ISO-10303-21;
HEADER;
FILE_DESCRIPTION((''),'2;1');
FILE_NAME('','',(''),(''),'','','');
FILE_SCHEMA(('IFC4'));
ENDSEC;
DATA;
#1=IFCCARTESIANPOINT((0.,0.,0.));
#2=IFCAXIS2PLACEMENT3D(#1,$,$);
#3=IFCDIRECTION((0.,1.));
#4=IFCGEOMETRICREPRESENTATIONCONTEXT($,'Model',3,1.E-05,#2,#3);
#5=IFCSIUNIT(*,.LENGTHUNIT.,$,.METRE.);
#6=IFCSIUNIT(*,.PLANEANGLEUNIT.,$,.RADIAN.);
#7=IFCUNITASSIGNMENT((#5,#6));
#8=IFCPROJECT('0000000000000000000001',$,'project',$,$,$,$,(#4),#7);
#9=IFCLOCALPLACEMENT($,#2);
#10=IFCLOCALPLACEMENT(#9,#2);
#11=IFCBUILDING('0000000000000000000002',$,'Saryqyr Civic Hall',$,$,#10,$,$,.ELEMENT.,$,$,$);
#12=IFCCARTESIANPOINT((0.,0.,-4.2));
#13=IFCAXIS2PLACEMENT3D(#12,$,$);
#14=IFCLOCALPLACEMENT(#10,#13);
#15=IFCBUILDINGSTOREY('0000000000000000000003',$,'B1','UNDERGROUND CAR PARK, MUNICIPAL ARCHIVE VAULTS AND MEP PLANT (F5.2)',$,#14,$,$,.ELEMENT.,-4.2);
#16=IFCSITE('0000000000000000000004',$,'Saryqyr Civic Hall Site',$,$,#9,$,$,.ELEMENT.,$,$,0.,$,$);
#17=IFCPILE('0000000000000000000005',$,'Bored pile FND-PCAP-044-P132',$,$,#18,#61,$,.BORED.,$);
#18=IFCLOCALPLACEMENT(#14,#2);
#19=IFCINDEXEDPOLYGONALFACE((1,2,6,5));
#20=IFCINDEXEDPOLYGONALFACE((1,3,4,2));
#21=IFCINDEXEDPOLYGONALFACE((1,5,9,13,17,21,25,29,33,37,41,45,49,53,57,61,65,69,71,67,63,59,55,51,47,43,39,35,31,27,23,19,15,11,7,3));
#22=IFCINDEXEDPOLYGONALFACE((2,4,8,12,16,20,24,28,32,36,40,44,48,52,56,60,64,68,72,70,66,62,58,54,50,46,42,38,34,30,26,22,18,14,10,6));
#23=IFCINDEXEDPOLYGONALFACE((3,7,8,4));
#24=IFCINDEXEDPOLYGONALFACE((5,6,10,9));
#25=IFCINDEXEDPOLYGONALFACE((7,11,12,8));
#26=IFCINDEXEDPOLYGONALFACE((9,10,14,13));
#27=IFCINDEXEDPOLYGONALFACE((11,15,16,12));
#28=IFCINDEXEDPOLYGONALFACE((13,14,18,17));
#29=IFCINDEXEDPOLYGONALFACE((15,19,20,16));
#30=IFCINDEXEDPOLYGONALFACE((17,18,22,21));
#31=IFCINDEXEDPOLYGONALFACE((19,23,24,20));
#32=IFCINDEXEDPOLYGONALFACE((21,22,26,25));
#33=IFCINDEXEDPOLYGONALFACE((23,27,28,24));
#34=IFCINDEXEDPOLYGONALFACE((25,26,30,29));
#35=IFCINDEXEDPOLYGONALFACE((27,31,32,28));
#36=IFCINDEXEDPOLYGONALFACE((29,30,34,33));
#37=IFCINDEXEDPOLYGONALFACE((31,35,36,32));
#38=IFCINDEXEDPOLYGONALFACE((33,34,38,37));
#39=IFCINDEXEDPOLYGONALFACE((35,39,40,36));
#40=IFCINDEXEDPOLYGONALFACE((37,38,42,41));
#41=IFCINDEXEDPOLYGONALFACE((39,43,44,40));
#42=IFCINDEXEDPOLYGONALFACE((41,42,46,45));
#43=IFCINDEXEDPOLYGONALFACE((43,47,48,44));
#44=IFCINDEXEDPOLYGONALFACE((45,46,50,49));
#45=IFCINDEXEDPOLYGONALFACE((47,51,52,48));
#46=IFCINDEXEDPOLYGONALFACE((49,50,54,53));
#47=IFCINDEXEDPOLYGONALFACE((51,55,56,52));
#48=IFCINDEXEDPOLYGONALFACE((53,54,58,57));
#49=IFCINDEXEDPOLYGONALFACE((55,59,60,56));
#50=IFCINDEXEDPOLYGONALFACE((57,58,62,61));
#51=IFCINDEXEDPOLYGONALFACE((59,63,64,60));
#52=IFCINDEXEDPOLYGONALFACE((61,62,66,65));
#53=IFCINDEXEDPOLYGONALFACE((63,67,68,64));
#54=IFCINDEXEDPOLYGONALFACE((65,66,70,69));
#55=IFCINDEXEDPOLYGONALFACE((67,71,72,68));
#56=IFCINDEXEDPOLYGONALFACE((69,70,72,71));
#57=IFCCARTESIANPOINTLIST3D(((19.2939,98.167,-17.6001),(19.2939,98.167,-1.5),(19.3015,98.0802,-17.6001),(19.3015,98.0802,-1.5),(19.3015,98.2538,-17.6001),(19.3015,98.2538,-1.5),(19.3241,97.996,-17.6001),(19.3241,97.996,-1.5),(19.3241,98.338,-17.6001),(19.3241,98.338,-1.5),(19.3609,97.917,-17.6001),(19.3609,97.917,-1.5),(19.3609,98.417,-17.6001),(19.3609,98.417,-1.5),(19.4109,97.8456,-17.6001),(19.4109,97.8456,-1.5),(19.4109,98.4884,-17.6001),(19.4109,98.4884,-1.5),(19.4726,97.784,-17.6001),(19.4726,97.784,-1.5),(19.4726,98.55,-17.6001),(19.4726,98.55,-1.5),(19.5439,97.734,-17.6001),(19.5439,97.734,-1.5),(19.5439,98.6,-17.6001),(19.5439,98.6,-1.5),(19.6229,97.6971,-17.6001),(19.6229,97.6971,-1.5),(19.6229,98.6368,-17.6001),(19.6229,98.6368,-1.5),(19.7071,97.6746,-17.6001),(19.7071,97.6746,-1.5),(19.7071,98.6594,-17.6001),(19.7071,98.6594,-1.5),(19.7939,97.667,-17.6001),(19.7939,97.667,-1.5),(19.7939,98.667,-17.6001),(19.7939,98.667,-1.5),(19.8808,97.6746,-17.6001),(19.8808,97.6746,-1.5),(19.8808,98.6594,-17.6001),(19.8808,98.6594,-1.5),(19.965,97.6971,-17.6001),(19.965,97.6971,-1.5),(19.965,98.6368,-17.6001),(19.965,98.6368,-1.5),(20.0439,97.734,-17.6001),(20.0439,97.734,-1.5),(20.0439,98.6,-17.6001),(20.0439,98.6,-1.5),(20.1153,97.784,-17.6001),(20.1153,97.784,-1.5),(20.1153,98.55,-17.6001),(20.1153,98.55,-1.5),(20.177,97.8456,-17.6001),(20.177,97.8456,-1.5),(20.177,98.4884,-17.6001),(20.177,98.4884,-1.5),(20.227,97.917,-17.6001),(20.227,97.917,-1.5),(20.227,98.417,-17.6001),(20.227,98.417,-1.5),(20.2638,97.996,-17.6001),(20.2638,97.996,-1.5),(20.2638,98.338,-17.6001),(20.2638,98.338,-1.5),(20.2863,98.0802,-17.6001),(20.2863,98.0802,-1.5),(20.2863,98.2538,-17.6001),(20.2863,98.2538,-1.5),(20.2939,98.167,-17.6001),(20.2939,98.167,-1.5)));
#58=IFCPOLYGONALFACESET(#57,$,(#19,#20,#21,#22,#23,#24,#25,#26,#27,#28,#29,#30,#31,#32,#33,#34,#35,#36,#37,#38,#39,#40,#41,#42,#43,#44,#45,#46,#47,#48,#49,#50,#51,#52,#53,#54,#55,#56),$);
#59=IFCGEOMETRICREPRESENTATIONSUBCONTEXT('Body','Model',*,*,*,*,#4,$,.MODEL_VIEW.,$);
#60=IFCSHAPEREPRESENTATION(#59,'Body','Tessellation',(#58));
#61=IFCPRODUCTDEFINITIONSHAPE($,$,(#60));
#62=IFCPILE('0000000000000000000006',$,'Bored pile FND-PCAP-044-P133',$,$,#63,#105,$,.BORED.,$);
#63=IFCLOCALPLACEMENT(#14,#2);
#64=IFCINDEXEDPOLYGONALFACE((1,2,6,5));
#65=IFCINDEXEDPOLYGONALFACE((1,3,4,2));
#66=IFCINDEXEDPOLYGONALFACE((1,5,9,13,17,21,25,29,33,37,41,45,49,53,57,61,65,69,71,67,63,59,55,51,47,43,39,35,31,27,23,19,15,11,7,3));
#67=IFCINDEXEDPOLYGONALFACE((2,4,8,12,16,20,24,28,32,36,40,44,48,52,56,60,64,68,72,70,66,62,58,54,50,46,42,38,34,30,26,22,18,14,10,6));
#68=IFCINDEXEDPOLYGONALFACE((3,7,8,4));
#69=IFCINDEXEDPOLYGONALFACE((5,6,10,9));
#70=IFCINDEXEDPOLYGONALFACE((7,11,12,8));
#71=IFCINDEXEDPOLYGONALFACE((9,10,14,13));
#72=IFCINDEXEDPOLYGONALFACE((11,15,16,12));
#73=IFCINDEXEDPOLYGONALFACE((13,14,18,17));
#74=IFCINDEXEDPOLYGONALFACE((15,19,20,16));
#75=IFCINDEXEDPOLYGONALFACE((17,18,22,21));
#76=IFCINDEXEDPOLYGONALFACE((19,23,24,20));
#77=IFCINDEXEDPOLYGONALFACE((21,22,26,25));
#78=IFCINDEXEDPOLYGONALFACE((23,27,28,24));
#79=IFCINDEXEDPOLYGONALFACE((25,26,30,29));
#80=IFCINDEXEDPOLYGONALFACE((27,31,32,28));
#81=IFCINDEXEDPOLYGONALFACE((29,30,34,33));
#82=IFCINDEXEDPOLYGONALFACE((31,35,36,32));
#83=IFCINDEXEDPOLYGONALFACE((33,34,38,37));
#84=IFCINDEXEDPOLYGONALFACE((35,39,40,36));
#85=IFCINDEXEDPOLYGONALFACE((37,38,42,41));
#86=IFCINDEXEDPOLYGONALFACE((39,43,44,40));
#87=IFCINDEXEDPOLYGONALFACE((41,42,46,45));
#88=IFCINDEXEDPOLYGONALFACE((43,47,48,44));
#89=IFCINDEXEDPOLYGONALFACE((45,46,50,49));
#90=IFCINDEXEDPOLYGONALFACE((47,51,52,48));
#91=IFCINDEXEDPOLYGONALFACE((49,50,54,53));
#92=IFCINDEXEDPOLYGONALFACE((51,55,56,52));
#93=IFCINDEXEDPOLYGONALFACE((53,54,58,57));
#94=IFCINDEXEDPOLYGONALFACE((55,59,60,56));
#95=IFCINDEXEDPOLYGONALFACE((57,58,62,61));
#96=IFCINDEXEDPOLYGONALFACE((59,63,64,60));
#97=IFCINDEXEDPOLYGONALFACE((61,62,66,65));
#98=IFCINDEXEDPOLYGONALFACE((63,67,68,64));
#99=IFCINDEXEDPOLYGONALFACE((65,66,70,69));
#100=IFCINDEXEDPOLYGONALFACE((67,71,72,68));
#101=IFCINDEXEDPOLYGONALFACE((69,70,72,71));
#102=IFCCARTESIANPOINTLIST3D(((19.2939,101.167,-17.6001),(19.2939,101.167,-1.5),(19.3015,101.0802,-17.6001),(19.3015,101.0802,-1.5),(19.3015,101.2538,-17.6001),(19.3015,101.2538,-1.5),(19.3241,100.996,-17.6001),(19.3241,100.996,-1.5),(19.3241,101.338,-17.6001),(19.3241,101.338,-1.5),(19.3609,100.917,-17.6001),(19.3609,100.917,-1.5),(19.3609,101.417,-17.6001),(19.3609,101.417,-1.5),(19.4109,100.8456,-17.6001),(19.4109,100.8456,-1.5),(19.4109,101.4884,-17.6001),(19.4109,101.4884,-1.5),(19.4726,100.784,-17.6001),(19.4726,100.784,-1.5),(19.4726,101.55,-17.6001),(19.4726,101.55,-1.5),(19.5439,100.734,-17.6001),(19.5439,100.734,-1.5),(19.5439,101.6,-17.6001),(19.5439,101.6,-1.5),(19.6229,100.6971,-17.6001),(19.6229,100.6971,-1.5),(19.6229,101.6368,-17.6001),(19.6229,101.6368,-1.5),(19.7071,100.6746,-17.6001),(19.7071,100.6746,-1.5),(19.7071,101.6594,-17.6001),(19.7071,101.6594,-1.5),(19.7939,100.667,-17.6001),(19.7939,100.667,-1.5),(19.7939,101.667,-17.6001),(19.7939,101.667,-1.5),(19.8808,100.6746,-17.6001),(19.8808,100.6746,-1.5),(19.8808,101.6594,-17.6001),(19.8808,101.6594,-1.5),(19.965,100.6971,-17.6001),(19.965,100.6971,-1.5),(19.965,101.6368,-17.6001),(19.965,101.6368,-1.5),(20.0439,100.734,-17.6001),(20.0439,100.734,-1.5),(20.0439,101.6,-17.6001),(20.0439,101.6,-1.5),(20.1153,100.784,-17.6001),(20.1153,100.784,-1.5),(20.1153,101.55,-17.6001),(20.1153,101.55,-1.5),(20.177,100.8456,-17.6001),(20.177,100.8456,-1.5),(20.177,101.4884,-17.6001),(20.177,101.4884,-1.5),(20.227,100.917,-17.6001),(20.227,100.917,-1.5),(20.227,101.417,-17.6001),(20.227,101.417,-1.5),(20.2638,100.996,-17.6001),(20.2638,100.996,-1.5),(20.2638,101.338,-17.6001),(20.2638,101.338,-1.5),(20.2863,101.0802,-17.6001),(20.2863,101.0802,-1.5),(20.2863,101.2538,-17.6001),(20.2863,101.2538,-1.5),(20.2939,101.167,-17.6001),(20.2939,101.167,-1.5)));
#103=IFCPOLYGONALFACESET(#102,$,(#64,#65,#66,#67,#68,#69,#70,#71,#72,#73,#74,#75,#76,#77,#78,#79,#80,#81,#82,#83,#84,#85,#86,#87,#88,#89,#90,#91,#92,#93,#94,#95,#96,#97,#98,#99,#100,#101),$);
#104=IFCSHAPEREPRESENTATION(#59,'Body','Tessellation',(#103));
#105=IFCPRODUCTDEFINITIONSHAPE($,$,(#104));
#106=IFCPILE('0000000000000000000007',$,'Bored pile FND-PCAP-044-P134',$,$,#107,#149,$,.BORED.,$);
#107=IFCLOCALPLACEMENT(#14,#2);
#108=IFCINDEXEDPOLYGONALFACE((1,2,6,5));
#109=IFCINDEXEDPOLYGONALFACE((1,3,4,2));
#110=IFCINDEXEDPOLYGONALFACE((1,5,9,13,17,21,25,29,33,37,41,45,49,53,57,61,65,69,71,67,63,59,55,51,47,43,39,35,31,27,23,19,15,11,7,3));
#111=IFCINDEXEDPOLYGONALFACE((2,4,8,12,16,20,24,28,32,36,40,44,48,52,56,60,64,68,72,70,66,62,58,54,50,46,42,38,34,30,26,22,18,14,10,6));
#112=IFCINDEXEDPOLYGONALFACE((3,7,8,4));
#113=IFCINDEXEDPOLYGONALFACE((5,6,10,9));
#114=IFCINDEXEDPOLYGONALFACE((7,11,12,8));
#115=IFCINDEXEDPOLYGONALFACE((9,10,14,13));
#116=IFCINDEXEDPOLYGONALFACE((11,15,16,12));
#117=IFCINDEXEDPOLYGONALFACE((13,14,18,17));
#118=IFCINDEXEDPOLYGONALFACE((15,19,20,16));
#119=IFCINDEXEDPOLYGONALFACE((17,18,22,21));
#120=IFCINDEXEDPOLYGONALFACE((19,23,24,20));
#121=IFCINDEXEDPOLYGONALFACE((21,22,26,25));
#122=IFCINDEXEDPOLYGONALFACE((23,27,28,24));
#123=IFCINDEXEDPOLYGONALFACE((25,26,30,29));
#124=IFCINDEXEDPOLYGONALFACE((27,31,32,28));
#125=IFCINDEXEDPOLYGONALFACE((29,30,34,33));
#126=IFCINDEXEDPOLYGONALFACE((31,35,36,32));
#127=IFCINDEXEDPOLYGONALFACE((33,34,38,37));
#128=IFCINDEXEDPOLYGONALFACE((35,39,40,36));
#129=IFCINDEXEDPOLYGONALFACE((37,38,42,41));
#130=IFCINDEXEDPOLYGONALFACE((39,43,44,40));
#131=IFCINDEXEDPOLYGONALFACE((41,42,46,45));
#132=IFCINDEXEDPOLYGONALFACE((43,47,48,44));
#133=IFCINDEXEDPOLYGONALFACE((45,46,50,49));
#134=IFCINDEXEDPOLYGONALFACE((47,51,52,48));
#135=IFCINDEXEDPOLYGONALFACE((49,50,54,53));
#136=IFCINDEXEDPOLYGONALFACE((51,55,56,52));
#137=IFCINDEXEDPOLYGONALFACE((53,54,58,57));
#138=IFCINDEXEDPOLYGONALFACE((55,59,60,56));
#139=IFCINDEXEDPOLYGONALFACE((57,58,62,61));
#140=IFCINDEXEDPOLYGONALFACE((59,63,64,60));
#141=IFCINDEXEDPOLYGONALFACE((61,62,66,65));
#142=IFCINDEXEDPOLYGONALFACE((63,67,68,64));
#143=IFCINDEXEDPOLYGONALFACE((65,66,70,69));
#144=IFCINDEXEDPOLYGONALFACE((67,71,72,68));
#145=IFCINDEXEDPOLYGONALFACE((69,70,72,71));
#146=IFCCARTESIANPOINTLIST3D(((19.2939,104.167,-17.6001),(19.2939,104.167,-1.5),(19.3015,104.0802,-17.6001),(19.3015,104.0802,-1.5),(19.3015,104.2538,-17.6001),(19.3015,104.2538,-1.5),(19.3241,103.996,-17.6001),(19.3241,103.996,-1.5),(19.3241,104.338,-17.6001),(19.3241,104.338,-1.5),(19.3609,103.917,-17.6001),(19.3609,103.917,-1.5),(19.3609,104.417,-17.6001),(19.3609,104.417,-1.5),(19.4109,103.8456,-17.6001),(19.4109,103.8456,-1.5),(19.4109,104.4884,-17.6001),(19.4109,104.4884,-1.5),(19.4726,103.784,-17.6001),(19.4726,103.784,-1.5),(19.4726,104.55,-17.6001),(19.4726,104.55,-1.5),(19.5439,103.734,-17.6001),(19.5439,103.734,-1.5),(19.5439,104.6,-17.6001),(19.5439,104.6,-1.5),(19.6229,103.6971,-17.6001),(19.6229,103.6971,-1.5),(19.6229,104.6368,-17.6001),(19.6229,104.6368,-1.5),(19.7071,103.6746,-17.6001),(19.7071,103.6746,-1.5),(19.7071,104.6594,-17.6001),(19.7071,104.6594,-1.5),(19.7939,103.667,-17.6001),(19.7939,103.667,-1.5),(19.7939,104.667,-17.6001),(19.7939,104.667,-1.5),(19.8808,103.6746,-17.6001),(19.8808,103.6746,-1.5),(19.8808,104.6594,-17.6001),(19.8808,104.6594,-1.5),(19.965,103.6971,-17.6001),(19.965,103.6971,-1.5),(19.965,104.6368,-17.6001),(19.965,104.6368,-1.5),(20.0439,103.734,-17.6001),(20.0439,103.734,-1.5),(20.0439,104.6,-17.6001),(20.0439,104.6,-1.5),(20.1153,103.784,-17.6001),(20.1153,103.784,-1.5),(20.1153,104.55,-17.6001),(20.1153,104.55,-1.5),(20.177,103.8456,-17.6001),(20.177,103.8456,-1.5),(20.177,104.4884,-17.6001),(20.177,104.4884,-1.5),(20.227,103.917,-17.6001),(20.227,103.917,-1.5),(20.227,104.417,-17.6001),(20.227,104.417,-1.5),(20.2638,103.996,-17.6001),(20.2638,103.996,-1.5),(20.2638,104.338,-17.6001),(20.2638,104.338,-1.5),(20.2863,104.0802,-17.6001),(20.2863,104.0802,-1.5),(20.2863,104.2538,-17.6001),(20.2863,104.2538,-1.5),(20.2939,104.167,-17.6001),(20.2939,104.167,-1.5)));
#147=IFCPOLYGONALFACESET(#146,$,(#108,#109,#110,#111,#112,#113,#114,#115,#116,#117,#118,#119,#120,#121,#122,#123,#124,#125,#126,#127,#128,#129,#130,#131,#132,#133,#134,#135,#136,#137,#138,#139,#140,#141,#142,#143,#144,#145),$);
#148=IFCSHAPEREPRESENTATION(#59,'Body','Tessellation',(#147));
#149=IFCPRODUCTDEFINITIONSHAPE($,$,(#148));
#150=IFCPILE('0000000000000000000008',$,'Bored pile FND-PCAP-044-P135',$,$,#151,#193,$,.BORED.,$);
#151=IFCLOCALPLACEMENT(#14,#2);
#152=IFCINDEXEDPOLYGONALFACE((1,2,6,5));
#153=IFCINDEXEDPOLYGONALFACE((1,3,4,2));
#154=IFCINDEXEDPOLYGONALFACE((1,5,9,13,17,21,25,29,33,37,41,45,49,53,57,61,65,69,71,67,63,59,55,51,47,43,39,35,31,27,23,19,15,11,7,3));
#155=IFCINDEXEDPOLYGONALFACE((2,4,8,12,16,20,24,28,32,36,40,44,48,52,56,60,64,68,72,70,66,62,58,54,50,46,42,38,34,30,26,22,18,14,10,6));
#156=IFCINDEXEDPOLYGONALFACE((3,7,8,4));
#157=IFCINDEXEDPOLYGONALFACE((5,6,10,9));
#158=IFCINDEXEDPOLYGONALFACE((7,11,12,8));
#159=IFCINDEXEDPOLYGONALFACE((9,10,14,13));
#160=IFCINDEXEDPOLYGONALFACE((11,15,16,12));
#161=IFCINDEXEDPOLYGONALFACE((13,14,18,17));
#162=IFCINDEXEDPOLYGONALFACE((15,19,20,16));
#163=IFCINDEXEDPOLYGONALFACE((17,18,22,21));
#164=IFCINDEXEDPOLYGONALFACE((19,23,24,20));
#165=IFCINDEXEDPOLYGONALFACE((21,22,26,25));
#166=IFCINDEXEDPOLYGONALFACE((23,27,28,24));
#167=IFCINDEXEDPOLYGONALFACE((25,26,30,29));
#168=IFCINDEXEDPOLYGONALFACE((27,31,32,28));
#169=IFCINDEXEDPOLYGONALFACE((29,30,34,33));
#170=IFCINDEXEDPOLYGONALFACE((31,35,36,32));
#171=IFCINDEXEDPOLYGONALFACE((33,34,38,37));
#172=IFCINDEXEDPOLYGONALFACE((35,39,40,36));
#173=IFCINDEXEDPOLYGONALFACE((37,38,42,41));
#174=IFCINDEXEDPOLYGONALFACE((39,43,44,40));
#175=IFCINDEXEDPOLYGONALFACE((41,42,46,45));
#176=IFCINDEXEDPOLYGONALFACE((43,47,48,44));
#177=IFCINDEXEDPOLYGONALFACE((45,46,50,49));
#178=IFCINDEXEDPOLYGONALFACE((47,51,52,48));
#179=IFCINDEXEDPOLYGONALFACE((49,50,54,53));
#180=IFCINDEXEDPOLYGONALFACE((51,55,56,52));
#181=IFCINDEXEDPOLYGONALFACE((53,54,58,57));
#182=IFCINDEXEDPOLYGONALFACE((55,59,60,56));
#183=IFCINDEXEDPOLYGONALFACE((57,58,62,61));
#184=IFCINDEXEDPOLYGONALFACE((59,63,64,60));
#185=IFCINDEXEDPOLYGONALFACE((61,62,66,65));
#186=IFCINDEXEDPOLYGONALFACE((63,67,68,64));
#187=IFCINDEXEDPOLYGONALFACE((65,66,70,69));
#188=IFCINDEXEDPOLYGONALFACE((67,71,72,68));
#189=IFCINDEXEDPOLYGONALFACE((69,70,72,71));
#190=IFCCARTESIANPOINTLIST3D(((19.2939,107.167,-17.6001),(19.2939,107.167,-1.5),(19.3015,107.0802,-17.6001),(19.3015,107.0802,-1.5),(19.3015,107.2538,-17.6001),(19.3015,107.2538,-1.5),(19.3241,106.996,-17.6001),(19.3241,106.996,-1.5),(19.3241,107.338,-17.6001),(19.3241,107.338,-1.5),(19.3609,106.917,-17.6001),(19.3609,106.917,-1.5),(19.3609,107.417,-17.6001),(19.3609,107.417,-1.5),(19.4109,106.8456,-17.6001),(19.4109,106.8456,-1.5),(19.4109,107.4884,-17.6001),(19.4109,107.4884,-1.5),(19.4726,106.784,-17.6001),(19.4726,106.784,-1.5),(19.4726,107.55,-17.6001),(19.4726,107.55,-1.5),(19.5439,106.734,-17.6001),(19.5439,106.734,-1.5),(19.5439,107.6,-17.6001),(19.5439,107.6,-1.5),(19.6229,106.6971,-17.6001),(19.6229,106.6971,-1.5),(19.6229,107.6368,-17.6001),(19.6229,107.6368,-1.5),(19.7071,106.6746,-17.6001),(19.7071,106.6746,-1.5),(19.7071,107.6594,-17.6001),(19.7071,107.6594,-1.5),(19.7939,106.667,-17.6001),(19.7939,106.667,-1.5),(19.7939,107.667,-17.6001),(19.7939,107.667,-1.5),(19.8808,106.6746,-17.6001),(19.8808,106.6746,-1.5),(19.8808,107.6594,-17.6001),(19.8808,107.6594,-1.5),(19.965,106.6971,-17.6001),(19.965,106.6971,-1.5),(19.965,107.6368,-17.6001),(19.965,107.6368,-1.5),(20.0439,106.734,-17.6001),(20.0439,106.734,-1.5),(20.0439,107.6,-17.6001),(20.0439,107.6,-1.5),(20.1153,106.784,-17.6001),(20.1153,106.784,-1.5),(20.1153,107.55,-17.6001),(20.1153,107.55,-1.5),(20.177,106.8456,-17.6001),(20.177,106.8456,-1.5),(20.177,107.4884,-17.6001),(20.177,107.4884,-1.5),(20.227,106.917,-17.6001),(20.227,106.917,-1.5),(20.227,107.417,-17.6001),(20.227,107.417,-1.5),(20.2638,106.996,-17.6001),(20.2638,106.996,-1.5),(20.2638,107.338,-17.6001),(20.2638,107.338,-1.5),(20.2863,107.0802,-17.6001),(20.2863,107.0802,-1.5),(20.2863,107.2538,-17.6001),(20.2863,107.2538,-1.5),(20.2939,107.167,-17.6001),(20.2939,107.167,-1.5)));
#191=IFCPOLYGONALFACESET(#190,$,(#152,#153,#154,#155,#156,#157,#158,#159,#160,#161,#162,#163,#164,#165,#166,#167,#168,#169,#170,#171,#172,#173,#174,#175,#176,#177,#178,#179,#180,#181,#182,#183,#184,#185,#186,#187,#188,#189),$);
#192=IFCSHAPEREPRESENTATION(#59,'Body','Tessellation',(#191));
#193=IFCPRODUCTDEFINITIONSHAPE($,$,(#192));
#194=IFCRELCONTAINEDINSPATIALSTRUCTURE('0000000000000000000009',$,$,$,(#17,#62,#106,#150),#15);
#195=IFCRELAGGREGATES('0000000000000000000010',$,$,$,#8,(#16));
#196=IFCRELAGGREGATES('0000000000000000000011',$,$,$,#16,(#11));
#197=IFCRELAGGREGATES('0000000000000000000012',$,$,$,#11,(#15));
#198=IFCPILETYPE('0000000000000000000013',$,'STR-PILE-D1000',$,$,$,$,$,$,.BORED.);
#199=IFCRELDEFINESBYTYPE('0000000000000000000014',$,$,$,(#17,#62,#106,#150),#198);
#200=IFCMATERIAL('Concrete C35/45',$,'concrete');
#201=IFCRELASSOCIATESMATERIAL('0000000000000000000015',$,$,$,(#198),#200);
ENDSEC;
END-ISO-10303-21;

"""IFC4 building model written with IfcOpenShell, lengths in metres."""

from ifc_helpers import new_model, si_unit, direction, frame, origin, origin_2d, place, context, subcontext, project, spatial, circle, extrude, material, material_profile, profile_set, type_object, element, save


model = new_model("IFC4")

# Units and contexts
model_context = context("Model", 3, precision=1e-05, world=origin(), true_north=direction((0.0, 1.0)))
body_context = subcontext(model_context, "Body", "Model", "MODEL_VIEW")
ifc_project = project(units=[si_unit("LENGTHUNIT", "METRE"), si_unit("PLANEANGLEUNIT", "RADIAN")], contexts=[model_context])

# Site, building, storey
site_placement = place(None, origin())
site = spatial("IfcSite", under=ifc_project, at=site_placement, Name="Saryqyr Civic Hall Site", CompositionType="ELEMENT", RefElevation=0.0)
building_placement = place(site_placement, origin())
building = spatial("IfcBuilding", under=site, at=building_placement, Name="Saryqyr Civic Hall", CompositionType="ELEMENT")
storey_placement = place(building_placement, frame((0.0, 0.0, -4.2)))
storey = spatial("IfcBuildingStorey", under=building, at=storey_placement, Name="B1", Description="UNDERGROUND CAR PARK, MUNICIPAL ARCHIVE VAULTS AND MEP PLANT (F5.2)", CompositionType="ELEMENT", Elevation=-4.2)

# Piles
ifc_material_1 = material(Name="Concrete C35/45", Category="concrete")
ifc_material_profile_1 = material_profile(ifc_material_1, circle(Radius=0.5, at=origin_2d()), Name="BORED PILE D1000")
ifc_profile_set_1 = profile_set([ifc_material_profile_1], Name="Concrete C35/45")
pile_type = type_object("IfcPileType", Name="STR-PILE-D1000", PredefinedType="BORED", material=ifc_profile_set_1)
for number, where, z_axis, x_axis, name in (
    (1, (19.7939, 98.167, -1.5), (0.0, 0.0, -1.0), (1.0, 0.0, 0.0), "Bored pile FND-PCAP-044-P132"),
    (2, (19.7939, 101.167, -1.5), (0.0, 0.0, -1.0), (1.0, 0.0, 0.0), "Bored pile FND-PCAP-044-P133"),
    (3, (19.7939, 104.167, -1.5), (0.0, 0.0, -1.0), (1.0, 0.0, 0.0), "Bored pile FND-PCAP-044-P134"),
    (4, (19.7939, 107.167, -1.5), (0.0, 0.0, -1.0), (1.0, 0.0, 0.0), "Bored pile FND-PCAP-044-P135"),
):
    element("IfcPile", number, at=place(storey_placement, frame(where, z_axis=z_axis, x_axis=x_axis)), inside=storey, type_object=pile_type, Name=name, PredefinedType="BORED", context=body_context, shape_type="SweptSolid", body=[
        extrude(circle(Radius=0.5, at=origin_2d()), origin(), (0.0, 0.0, 1.0), 16.1001),
    ])

save(model, "model.ifc")
